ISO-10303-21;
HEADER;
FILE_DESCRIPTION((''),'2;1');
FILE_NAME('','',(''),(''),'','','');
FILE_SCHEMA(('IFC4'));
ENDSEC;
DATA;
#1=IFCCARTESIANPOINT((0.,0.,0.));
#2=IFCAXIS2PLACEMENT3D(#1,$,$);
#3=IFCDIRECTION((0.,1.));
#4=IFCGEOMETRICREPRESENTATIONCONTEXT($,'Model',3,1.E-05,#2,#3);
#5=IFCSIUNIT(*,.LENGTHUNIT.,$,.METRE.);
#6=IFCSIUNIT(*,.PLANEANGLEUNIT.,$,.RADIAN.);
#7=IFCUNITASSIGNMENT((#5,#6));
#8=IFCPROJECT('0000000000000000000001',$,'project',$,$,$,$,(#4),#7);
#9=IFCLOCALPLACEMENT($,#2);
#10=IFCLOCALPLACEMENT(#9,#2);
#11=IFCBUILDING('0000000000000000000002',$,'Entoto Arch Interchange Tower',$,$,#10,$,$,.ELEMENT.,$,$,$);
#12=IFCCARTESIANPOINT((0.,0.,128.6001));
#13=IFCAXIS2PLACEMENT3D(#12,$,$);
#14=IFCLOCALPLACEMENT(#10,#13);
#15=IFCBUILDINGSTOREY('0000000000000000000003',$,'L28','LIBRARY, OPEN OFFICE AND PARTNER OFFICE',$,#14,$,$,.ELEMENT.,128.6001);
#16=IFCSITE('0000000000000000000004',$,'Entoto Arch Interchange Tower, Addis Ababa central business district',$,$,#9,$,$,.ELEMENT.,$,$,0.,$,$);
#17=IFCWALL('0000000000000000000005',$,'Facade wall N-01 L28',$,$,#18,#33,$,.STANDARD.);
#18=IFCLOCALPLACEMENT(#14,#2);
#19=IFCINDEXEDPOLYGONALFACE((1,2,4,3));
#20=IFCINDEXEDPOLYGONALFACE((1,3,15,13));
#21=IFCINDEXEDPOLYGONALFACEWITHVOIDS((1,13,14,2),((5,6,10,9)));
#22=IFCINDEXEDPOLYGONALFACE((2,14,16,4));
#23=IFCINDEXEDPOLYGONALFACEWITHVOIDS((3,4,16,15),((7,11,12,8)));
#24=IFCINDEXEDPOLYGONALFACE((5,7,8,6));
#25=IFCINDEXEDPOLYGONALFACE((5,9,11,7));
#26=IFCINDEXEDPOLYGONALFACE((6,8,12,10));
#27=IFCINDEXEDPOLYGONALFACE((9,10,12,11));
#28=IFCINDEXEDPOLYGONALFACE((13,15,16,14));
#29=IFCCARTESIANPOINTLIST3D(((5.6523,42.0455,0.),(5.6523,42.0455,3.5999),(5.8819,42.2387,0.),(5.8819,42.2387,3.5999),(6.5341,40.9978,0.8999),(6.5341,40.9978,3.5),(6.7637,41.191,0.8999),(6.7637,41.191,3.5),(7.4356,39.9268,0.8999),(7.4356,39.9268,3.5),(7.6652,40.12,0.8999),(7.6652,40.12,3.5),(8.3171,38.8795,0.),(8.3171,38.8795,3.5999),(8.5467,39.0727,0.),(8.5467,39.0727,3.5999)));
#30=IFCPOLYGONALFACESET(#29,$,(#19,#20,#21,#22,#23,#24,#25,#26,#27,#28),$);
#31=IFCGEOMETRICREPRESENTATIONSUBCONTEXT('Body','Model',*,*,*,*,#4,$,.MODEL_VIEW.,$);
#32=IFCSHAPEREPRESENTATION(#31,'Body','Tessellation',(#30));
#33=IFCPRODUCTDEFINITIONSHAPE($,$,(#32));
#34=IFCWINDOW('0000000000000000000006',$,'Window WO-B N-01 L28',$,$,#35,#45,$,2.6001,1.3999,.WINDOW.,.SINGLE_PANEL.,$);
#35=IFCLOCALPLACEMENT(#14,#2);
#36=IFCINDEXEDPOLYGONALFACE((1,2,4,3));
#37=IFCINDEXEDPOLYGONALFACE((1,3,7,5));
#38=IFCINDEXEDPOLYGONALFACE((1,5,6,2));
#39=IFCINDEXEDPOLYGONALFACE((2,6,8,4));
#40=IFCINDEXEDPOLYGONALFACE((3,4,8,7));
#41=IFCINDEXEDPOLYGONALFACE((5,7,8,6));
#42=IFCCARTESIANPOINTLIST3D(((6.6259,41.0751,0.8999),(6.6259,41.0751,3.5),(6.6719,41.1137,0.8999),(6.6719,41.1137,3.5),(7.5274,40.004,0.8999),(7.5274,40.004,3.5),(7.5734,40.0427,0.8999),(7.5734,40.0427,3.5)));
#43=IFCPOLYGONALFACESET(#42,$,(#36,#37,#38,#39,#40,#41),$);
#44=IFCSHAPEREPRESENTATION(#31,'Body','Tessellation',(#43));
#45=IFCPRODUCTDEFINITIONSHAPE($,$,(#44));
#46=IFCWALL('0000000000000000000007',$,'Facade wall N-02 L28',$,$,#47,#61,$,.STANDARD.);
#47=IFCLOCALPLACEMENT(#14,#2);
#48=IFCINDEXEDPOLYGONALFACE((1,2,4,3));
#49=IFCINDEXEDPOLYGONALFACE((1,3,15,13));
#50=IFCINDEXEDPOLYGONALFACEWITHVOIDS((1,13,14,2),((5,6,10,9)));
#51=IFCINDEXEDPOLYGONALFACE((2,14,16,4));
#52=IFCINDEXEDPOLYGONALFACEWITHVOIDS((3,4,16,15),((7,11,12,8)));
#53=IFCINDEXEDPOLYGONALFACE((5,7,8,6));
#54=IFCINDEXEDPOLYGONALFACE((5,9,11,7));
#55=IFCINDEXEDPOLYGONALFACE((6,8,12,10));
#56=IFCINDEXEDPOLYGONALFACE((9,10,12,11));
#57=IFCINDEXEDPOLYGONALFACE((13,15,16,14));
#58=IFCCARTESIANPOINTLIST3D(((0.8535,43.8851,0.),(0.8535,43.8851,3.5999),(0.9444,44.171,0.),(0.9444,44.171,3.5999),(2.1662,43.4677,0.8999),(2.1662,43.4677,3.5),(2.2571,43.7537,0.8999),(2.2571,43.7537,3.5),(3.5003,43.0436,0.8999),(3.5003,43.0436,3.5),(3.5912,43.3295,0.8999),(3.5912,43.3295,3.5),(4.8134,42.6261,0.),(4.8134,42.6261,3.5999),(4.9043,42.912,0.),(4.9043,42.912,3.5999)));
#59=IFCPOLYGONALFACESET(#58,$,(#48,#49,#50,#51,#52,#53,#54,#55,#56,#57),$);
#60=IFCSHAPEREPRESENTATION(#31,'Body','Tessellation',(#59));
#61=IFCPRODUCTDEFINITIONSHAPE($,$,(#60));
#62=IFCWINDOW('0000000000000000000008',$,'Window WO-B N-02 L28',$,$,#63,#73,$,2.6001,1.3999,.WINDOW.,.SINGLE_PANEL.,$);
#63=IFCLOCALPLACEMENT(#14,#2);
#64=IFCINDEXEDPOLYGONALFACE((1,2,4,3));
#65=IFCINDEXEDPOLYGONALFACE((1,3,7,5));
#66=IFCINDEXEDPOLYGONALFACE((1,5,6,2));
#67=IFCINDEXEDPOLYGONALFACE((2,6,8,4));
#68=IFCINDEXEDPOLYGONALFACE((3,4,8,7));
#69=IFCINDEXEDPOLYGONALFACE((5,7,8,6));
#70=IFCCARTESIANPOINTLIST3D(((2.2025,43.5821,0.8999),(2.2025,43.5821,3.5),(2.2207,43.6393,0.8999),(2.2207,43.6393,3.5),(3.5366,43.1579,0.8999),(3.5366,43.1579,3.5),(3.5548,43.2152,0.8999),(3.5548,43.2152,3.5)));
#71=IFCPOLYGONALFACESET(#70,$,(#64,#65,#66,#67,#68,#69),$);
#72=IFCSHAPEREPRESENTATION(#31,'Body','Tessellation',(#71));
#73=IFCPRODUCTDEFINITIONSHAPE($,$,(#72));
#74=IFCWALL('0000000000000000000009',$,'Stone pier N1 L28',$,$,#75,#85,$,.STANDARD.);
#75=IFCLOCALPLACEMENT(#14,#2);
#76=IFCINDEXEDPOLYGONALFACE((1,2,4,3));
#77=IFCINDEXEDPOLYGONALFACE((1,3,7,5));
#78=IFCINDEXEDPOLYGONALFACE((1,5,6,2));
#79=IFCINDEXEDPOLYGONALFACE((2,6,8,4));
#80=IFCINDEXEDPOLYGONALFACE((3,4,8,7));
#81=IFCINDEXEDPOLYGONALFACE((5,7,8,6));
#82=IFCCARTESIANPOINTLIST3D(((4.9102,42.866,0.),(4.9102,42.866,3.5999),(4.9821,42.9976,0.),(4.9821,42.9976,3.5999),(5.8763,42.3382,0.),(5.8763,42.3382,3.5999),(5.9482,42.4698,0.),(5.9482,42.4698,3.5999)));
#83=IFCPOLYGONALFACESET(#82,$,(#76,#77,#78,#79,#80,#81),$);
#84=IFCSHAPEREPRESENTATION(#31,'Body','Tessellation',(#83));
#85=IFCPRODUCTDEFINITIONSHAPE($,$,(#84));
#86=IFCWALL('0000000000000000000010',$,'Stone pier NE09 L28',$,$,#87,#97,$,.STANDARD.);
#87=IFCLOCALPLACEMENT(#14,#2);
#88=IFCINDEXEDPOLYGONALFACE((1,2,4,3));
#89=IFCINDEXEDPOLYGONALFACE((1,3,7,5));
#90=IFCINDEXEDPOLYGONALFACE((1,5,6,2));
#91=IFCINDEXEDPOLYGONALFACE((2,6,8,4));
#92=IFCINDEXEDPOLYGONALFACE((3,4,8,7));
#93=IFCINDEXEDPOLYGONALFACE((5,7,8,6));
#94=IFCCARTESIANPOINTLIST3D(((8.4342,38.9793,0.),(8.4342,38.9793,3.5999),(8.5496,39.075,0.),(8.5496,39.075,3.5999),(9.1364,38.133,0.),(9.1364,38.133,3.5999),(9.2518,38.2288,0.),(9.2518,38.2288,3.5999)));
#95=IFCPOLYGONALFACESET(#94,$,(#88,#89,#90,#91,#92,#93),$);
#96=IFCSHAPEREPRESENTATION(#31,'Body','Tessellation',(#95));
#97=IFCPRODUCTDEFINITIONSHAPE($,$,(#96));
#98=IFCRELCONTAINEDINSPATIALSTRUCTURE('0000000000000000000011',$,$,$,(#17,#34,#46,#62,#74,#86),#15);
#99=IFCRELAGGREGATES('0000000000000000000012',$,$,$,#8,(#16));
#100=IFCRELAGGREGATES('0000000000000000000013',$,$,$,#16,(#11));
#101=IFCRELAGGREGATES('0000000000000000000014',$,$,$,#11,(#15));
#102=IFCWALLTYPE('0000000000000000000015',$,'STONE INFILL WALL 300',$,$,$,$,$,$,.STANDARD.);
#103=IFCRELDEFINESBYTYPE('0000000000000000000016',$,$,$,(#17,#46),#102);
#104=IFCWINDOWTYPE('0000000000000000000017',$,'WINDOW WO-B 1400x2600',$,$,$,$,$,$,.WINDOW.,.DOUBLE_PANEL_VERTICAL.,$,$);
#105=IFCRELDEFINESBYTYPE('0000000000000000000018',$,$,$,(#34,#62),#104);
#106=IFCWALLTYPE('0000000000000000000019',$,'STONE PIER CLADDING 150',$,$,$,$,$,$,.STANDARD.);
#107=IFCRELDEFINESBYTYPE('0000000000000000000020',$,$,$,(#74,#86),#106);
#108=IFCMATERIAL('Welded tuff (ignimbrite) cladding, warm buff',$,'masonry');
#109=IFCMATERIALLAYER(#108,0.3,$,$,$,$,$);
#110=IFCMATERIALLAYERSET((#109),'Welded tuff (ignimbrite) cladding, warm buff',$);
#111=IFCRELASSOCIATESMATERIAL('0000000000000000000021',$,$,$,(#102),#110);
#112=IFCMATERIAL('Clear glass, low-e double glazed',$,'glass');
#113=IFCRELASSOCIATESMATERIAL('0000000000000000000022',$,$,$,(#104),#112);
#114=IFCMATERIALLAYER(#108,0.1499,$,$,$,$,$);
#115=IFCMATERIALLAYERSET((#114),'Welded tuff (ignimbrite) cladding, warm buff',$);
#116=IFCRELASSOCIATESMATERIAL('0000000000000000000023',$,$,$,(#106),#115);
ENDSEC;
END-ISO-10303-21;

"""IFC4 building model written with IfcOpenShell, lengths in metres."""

from ifc_helpers import new_model, si_unit, direction, frame, frame_2d, origin, place, context, subcontext, project, spatial, rectangle, extrude, material, layer, layer_set, type_object, element, fill, save


model = new_model("IFC4")

# Units and contexts
model_context = context("Model", 3, precision=1e-05, world=origin(), true_north=direction((0.0, 1.0)))
body_context = subcontext(model_context, "Body", "Model", "MODEL_VIEW")
ifc_project = project(units=[si_unit("LENGTHUNIT", "METRE"), si_unit("PLANEANGLEUNIT", "RADIAN")], contexts=[model_context])

# Site, building, storey
site_placement = place(None, origin())
site = spatial("IfcSite", under=ifc_project, at=site_placement, Name="Entoto Arch Interchange Tower, Addis Ababa central business district", CompositionType="ELEMENT", RefElevation=0.0)
building_placement = place(site_placement, origin())
building = spatial("IfcBuilding", under=site, at=building_placement, Name="Entoto Arch Interchange Tower", CompositionType="ELEMENT")
storey_placement = place(building_placement, frame((0.0, 0.0, 128.6001)))
storey = spatial("IfcBuildingStorey", under=building, at=storey_placement, Name="L28", Description="LIBRARY, OPEN OFFICE AND PARTNER OFFICE", CompositionType="ELEMENT", Elevation=128.6001)

# Shared definitions
ifc_material_1 = material(Name="Welded tuff (ignimbrite) cladding, warm buff", Category="masonry")
ifc_layer_1 = layer(ifc_material_1, 0.3)
ifc_layer_set_1 = layer_set([ifc_layer_1], Name="Welded tuff (ignimbrite) cladding, warm buff")
wall_type_1 = type_object("IfcWallType", Name="STONE INFILL WALL 300", PredefinedType="STANDARD", material=ifc_layer_set_1)
ifc_material_2 = material(Name="Clear glass, low-e double glazed", Category="glass")

# Walls, openings, windows
wall_1_placement = place(storey_placement, frame((8.4319, 38.9761, 0.0), z_axis=(0.0, 0.0, 1.0), x_axis=(-0.643949, 0.765069, 0.0)))
wall_1 = element("IfcWall", 1, at=wall_1_placement, inside=storey, type_object=wall_type_1, Name="Facade wall N-01 L28", PredefinedType="STANDARD", context=body_context, shape_type="SweptSolid", body=[
    extrude(rectangle(XDim=4.1382, YDim=0.3, at=frame_2d((2.0691, 0.0))), origin(), (0.0, 0.0, 1.0), 3.5999),
])
opening_1_placement = place(wall_1_placement, frame((1.3689, 0.0, 0.8999)))
opening_1 = element("IfcOpeningElement", 2, at=opening_1_placement, cuts=wall_1, PredefinedType="OPENING", context=body_context, shape_type="SweptSolid", body=[
    extrude(rectangle(XDim=1.3999, YDim=2.6001, at=frame_2d((0.7, 1.3))), frame((0.0, 0.1602, 0.0), z_axis=(0.0, -1.0, 0.0), x_axis=(1.0, 0.0, 0.0)), (0.0, 0.0, 1.0), 0.3201),
])
window_type_1 = type_object("IfcWindowType", Name="WINDOW WO-B 1400x2600", PartitioningType="DOUBLE_PANEL_VERTICAL", PredefinedType="WINDOW", material=ifc_material_2)
window_1_placement = place(opening_1_placement, origin())
window_1 = element("IfcWindow", 3, at=window_1_placement, inside=storey, type_object=window_type_1, Name="Window WO-B N-01 L28", OverallHeight=2.6001, OverallWidth=1.3999, PartitioningType="SINGLE_PANEL", PredefinedType="WINDOW", context=body_context, shape_type="SweptSolid", body=[
    extrude(rectangle(XDim=1.3999, YDim=2.6001, at=frame_2d((0.7, 1.3))), frame((0.0, 0.03, 0.0), z_axis=(0.0, -1.0, 0.0), x_axis=(1.0, 0.0, 0.0)), (0.0, 0.0, 1.0), 0.0601),
])
fill(opening_1, window_1)
wall_2_placement = place(storey_placement, frame((4.8589, 42.769, 0.0), z_axis=(0.0, 0.0, 1.0), x_axis=(-0.952992, 0.302995, 0.0)))
wall_2 = element("IfcWall", 4, at=wall_2_placement, inside=storey, type_object=wall_type_1, Name="Facade wall N-02 L28", PredefinedType="STANDARD", context=body_context, shape_type="SweptSolid", body=[
    extrude(rectangle(XDim=4.1553, YDim=0.3, at=frame_2d((2.0776, 0.0))), origin(), (0.0, 0.0, 1.0), 3.5999),
])
opening_2_placement = place(wall_2_placement, frame((1.3779, 0.0, 0.8999)))
opening_2 = element("IfcOpeningElement", 5, at=opening_2_placement, cuts=wall_2, PredefinedType="OPENING", context=body_context, shape_type="SweptSolid", body=[
    extrude(rectangle(XDim=1.3999, YDim=2.6001, at=frame_2d((0.7, 1.3))), frame((0.0, 0.1602, 0.0), z_axis=(0.0, -1.0, 0.0), x_axis=(1.0, 0.0, 0.0)), (0.0, 0.0, 1.0), 0.3201),
])
window_2_placement = place(opening_2_placement, origin())
window_2 = element("IfcWindow", 6, at=window_2_placement, inside=storey, type_object=window_type_1, Name="Window WO-B N-02 L28", OverallHeight=2.6001, OverallWidth=1.3999, PartitioningType="SINGLE_PANEL", PredefinedType="WINDOW", context=body_context, shape_type="SweptSolid", body=[
    extrude(rectangle(XDim=1.3999, YDim=2.6001, at=frame_2d((0.7, 1.3))), frame((0.0, 0.03, 0.0), z_axis=(0.0, -1.0, 0.0), x_axis=(1.0, 0.0, 0.0)), (0.0, 0.0, 1.0), 0.0601),
])
fill(opening_2, window_2)

# Walls
ifc_layer_2 = layer(ifc_material_1, 0.1499)
ifc_layer_set_2 = layer_set([ifc_layer_2], Name="Welded tuff (ignimbrite) cladding, warm buff")
wall_type_2 = type_object("IfcWallType", Name="STONE PIER CLADDING 150", PredefinedType="STANDARD", material=ifc_layer_set_2)
wall_3_placement = place(storey_placement, frame((5.9121, 42.4041, 0.0), z_axis=(0.0, 0.0, 1.0), x_axis=(-0.877556, 0.479474, 0.0)))
element("IfcWall", 7, at=wall_3_placement, inside=storey, type_object=wall_type_2, Name="Stone pier N1 L28", PredefinedType="STANDARD", context=body_context, shape_type="SweptSolid", body=[
    extrude(rectangle(XDim=1.1008, YDim=0.1499, at=frame_2d((0.5503, 0.0))), origin(), (0.0, 0.0, 1.0), 3.5999),
])
wall_4_placement = place(storey_placement, frame((9.1941, 38.1809, 0.0), z_axis=(0.0, 0.0, 1.0), x_axis=(-0.638567, 0.769566, 0.0)))
element("IfcWall", 8, at=wall_4_placement, inside=storey, type_object=wall_type_2, Name="Stone pier NE09 L28", PredefinedType="STANDARD", context=body_context, shape_type="SweptSolid", body=[
    extrude(rectangle(XDim=1.0996, YDim=0.1499, at=frame_2d((0.5498, 0.0))), origin(), (0.0, 0.0, 1.0), 3.5999),
])

save(model, "model.ifc")
